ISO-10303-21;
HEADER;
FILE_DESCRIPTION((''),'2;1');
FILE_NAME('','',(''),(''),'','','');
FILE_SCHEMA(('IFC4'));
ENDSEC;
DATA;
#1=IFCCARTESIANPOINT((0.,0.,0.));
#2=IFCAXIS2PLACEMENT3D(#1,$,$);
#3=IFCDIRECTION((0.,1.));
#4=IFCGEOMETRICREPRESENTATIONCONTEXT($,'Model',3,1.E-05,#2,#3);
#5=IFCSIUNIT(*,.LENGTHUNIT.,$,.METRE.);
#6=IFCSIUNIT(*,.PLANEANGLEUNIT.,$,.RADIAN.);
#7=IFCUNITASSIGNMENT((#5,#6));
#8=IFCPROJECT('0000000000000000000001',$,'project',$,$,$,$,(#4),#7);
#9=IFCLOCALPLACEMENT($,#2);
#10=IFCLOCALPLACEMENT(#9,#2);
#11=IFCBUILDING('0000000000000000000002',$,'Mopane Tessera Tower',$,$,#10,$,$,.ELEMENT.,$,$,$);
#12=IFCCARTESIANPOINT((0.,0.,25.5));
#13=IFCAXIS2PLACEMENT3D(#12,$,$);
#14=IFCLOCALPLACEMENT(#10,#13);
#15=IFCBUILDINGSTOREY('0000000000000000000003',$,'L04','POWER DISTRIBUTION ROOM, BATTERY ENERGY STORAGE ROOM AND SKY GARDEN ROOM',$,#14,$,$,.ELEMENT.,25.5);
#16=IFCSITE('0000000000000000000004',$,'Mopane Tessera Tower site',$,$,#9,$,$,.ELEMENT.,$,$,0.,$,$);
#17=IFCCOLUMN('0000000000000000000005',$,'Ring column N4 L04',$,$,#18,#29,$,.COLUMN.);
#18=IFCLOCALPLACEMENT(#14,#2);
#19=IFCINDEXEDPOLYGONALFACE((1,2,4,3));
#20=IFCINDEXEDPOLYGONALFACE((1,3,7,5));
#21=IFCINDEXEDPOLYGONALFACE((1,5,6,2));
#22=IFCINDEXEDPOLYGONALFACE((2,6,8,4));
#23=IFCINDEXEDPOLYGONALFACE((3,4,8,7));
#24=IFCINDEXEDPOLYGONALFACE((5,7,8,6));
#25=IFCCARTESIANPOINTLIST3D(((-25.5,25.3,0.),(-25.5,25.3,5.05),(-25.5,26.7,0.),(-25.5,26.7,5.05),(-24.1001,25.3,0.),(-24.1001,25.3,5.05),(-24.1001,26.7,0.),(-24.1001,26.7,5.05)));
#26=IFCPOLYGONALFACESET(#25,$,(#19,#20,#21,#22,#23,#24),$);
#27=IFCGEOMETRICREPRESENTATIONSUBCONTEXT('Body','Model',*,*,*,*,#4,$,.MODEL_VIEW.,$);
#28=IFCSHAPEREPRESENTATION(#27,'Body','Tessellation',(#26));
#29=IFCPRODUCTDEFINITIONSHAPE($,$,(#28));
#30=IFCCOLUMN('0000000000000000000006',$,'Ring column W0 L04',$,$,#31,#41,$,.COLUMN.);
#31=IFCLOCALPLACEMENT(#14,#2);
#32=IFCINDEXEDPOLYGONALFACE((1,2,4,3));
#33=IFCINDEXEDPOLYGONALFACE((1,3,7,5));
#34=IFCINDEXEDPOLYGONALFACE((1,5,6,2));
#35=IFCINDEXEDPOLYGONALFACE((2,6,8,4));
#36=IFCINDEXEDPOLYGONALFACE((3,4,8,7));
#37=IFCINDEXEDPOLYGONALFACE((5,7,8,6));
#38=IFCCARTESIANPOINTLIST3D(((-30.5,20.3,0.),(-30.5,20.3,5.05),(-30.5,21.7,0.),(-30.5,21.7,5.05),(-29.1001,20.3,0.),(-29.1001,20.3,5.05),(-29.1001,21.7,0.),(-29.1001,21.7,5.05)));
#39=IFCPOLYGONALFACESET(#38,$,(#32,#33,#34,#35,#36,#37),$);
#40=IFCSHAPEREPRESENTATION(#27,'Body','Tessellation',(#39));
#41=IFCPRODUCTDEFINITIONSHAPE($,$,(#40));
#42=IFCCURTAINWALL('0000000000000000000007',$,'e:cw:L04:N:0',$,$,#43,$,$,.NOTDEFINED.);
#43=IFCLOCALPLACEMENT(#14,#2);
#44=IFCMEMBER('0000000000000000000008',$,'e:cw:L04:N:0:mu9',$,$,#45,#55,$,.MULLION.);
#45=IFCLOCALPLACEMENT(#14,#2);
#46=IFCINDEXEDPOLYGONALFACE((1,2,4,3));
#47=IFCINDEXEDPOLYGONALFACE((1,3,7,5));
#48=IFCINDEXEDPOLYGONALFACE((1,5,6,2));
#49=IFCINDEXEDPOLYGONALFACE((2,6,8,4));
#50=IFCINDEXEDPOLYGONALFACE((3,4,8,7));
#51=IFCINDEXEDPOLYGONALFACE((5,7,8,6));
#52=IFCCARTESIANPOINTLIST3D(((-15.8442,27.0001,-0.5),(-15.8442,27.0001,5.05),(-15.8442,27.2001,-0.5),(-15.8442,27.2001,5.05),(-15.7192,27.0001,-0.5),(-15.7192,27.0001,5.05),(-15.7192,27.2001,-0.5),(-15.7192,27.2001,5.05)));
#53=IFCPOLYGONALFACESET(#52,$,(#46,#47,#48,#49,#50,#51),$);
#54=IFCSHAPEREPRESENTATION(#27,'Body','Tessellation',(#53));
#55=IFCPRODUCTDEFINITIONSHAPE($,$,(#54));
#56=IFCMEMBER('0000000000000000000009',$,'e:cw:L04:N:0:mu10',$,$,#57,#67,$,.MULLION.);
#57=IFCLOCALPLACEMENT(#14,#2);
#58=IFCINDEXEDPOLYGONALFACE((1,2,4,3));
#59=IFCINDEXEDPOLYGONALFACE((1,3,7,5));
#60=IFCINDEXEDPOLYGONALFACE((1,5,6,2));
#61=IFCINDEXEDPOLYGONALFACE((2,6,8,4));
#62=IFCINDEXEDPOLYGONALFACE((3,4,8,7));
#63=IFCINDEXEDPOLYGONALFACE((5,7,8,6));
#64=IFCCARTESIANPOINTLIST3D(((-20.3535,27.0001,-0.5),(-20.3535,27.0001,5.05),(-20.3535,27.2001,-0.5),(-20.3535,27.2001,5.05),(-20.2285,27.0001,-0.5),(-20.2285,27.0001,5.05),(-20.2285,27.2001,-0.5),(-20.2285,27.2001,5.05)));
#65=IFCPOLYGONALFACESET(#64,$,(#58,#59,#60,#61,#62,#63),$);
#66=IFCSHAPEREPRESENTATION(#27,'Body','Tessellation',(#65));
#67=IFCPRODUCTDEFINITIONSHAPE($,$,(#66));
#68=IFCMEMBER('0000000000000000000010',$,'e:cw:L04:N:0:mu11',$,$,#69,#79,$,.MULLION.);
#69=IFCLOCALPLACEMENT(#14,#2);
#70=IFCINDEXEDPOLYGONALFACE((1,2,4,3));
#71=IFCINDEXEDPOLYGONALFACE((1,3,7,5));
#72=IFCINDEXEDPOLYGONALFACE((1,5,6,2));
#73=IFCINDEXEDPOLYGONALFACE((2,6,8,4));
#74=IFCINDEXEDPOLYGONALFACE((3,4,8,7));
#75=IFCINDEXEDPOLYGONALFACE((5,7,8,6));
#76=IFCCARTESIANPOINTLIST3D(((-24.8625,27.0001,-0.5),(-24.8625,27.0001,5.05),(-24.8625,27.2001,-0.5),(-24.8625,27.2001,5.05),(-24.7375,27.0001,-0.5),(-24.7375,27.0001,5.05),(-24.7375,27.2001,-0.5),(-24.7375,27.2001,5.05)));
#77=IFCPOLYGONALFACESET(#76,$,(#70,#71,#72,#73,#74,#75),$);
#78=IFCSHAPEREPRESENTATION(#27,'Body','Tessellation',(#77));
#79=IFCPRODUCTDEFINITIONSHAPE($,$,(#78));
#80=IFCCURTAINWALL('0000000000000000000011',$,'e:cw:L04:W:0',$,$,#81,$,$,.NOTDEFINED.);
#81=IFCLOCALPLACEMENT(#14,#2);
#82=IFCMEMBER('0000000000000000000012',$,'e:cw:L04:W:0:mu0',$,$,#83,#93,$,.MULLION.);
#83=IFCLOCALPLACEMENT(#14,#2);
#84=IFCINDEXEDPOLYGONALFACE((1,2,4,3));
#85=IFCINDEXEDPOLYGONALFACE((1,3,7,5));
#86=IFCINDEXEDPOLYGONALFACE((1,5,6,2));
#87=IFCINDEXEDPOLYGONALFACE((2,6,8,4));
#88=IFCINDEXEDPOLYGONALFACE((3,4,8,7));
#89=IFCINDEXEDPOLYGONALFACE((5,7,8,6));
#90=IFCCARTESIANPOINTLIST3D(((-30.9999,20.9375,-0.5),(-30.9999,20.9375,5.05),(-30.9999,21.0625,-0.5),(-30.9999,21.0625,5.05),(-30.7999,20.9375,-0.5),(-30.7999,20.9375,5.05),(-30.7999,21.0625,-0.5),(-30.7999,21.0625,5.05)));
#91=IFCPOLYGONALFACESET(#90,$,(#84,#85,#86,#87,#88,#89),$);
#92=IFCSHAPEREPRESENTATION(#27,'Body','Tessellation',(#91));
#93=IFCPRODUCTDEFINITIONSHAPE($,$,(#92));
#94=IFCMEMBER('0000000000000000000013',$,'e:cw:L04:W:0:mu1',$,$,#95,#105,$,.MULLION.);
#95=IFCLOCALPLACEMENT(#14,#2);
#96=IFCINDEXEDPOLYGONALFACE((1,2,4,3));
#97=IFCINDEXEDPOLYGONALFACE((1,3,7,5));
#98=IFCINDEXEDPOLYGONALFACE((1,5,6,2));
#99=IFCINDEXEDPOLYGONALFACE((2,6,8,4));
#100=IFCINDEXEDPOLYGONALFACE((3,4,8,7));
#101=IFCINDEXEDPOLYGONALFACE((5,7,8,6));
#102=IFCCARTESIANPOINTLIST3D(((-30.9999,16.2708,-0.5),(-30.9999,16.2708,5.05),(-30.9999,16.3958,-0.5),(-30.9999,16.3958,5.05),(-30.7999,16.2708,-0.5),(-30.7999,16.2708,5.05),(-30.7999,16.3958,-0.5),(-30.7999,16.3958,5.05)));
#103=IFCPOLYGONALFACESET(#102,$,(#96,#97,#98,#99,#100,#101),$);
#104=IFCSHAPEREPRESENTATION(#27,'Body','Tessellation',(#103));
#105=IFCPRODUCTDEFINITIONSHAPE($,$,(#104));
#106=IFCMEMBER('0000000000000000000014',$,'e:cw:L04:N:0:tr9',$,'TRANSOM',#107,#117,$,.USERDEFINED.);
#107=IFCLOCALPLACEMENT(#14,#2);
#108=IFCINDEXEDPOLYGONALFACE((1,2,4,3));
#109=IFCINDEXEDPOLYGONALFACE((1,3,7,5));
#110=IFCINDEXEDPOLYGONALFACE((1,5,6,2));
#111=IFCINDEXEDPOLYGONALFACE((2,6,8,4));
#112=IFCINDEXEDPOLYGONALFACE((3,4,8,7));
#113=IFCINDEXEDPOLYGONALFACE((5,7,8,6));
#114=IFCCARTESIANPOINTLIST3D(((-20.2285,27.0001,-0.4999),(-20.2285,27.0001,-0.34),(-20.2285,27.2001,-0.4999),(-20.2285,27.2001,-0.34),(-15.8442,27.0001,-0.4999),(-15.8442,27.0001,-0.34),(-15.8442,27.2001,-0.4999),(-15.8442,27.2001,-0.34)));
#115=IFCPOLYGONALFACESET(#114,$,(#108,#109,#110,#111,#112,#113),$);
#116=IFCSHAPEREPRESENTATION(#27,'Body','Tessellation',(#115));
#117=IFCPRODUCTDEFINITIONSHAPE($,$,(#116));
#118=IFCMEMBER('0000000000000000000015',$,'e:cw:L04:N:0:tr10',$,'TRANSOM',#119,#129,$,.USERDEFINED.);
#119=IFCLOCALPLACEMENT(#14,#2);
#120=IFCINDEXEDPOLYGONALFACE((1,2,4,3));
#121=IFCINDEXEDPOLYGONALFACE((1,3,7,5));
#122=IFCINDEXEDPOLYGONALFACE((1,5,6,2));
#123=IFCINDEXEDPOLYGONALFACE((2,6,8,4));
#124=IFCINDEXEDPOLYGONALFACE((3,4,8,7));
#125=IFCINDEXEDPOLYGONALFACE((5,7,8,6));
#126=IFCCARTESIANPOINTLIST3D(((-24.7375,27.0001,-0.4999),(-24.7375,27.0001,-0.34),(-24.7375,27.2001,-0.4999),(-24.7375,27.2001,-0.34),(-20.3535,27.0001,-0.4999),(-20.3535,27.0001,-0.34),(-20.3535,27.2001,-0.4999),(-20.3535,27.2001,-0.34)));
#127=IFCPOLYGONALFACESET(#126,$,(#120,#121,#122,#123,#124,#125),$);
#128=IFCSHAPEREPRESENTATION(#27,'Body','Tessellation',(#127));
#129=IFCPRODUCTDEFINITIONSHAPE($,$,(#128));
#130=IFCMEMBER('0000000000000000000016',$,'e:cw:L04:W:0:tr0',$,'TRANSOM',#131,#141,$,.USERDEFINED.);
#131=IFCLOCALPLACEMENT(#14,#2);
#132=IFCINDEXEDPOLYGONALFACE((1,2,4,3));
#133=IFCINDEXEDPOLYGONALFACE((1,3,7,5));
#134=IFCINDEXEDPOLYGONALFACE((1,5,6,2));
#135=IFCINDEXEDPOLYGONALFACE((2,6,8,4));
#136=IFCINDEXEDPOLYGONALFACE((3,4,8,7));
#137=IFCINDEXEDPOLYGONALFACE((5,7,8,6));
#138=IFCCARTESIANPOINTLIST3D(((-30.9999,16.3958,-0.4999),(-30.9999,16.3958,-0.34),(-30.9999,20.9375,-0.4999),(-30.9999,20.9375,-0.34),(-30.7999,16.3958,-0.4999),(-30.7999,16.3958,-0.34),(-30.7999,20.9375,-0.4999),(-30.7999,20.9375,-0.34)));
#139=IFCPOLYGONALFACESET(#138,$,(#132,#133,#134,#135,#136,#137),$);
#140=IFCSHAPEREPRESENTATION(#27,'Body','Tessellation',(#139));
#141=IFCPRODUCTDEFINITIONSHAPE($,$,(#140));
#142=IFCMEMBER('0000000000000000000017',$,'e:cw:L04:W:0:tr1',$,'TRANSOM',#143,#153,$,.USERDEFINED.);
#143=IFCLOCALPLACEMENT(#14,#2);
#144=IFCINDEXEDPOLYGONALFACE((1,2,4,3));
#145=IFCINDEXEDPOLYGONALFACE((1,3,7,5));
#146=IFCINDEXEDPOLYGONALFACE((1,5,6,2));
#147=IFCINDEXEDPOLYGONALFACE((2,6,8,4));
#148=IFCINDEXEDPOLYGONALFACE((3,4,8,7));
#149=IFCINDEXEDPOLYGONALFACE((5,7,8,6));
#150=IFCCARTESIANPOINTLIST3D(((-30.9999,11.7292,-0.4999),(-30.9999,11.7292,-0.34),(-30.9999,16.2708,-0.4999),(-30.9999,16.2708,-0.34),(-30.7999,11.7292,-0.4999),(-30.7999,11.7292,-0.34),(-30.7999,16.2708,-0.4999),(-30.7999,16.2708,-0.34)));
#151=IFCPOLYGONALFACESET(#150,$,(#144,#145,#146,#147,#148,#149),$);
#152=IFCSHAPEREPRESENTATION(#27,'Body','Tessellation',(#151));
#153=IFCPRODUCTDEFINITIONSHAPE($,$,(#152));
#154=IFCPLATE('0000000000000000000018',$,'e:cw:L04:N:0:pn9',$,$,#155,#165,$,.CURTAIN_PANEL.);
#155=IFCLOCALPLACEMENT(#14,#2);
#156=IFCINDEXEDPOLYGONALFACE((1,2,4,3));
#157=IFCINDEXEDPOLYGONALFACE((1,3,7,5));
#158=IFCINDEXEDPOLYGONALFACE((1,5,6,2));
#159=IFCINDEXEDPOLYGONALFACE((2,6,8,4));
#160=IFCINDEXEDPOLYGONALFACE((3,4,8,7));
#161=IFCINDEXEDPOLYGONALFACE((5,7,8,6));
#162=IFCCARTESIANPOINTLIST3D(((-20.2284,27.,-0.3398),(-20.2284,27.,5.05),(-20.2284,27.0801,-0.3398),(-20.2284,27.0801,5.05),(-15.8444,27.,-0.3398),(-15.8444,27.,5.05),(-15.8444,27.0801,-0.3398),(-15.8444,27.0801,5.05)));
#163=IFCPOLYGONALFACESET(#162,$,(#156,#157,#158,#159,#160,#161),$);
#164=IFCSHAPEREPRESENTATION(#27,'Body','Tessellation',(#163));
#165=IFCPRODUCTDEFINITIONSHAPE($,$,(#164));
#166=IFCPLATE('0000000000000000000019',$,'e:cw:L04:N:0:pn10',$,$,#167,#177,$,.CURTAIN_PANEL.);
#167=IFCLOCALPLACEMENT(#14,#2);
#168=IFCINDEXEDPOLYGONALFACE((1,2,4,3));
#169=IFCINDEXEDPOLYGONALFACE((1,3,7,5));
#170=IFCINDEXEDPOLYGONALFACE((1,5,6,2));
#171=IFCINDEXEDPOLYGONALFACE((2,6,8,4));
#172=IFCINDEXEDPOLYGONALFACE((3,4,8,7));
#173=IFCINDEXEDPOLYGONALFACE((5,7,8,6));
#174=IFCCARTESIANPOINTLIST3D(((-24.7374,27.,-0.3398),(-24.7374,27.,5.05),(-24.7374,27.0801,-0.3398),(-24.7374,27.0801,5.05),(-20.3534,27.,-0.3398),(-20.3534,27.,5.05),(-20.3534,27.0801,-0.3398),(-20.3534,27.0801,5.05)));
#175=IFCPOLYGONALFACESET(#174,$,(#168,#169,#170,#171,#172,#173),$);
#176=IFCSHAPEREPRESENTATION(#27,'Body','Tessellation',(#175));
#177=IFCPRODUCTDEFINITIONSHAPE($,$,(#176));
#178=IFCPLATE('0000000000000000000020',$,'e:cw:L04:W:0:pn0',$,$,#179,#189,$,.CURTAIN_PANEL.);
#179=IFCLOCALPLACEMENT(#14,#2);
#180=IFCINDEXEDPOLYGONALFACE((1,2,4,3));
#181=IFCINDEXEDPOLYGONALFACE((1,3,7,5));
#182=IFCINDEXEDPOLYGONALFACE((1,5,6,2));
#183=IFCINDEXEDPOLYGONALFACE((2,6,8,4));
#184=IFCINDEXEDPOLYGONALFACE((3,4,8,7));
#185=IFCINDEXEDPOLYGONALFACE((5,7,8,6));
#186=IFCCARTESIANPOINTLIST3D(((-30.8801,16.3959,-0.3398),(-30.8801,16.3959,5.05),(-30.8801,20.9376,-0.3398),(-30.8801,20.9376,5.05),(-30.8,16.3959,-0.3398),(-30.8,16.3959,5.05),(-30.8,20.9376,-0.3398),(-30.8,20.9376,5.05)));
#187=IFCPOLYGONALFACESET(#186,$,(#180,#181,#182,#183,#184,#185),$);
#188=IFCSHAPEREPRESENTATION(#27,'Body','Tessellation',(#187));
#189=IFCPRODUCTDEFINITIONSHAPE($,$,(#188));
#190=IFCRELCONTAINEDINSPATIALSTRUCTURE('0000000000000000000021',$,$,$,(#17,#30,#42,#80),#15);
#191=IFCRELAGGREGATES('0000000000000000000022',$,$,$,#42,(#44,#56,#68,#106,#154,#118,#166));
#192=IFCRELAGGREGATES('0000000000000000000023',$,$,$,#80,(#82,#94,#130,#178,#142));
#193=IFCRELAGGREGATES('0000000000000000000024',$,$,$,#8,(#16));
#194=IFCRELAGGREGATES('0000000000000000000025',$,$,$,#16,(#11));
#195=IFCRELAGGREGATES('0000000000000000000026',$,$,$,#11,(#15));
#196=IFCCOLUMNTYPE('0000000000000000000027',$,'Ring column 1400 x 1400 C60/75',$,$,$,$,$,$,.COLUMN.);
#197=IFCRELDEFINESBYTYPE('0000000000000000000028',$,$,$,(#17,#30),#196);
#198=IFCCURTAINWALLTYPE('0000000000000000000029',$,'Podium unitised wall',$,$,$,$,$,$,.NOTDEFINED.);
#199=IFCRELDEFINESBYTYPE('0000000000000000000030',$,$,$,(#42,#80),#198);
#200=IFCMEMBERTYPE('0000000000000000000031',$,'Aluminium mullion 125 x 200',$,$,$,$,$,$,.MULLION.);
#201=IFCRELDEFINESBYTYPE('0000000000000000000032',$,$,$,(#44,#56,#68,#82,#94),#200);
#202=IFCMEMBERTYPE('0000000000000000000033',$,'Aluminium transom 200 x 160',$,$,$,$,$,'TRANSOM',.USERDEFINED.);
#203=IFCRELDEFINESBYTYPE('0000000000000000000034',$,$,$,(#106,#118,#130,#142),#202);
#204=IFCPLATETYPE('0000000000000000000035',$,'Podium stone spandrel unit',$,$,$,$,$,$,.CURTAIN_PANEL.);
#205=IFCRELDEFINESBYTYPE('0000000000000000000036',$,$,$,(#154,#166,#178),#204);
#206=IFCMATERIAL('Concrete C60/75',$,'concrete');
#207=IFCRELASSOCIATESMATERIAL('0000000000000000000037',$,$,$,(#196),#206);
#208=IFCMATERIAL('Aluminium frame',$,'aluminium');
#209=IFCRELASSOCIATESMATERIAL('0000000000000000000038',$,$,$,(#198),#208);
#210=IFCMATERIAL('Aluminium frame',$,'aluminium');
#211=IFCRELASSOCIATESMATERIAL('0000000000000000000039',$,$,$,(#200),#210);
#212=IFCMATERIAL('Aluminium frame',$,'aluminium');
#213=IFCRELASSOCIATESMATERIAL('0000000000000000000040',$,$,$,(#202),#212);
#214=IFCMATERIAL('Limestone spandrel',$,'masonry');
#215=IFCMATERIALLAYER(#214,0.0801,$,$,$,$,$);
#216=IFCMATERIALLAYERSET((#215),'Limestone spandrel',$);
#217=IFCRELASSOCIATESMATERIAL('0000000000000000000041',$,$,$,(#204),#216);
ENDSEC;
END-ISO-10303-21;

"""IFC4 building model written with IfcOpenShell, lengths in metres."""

from ifc_helpers import new_model, si_unit, direction, frame, origin, origin_2d, place, context, subcontext, project, spatial, rectangle, extrude, material, layer, layer_set, material_profile, profile_set, type_object, element, aggregate, save


model = new_model("IFC4")

# Units and contexts
model_context = context("Model", 3, precision=1e-05, world=origin(), true_north=direction((0.0, 1.0)))
body_context = subcontext(model_context, "Body", "Model", "MODEL_VIEW")
ifc_project = project(units=[si_unit("LENGTHUNIT", "METRE"), si_unit("PLANEANGLEUNIT", "RADIAN")], contexts=[model_context])

# Site, building, storey
site_placement = place(None, origin())
site = spatial("IfcSite", under=ifc_project, at=site_placement, Name="Mopane Tessera Tower site", CompositionType="ELEMENT", RefElevation=0.0)
building_placement = place(site_placement, origin())
building = spatial("IfcBuilding", under=site, at=building_placement, Name="Mopane Tessera Tower", CompositionType="ELEMENT")
storey_placement = place(building_placement, frame((0.0, 0.0, 25.5)))
storey = spatial("IfcBuildingStorey", under=building, at=storey_placement, Name="L04", Description="POWER DISTRIBUTION ROOM, BATTERY ENERGY STORAGE ROOM AND SKY GARDEN ROOM", CompositionType="ELEMENT", Elevation=25.5)

# Columns
ifc_material_1 = material(Name="Concrete C60/75", Category="concrete")
ifc_material_profile_1 = material_profile(ifc_material_1, rectangle(XDim=1.3999, YDim=1.3999, at=origin_2d()))
ifc_profile_set_1 = profile_set([ifc_material_profile_1], Name="Concrete C60/75")
column_type = type_object("IfcColumnType", Name="Ring column 1400 x 1400 C60/75", PredefinedType="COLUMN", material=ifc_profile_set_1)
for number, where, z_axis, x_axis, name in (
    (1, (-24.8, 26.0, 0.0), (0.0, 0.0, 1.0), (1.0, 0.0, 0.0), "Ring column N4 L04"),
    (2, (-29.8, 21.0, 0.0), (0.0, 0.0, 1.0), (1.0, 0.0, 0.0), "Ring column W0 L04"),
):
    element("IfcColumn", number, at=place(storey_placement, frame(where, z_axis=z_axis, x_axis=x_axis)), inside=storey, type_object=column_type, Name=name, PredefinedType="COLUMN", context=body_context, shape_type="SweptSolid", body=[
        extrude(rectangle(XDim=1.3999, YDim=1.3999, at=origin_2d()), origin(), (0.0, 0.0, 1.0), 5.05),
    ])

# Curtain walls, members
ifc_material_2 = material(Name="Aluminium frame", Category="aluminium")
curtain_wall_type = type_object("IfcCurtainWallType", Name="Podium unitised wall", PredefinedType="NOTDEFINED", material=ifc_material_2)
curtain_wall_1_placement = place(storey_placement, origin())
curtain_wall_1 = element("IfcCurtainWall", 3, at=curtain_wall_1_placement, inside=storey, type_object=curtain_wall_type, Name="e:cw:L04:N:0", PredefinedType="NOTDEFINED")
ifc_material_3 = material(Name="Aluminium frame", Category="aluminium")
ifc_material_profile_2 = material_profile(ifc_material_3, rectangle(XDim=0.125, YDim=0.2, at=origin_2d()))
ifc_profile_set_2 = profile_set([ifc_material_profile_2], Name="Aluminium frame")
member_type_1 = type_object("IfcMemberType", Name="Aluminium mullion 125 x 200", PredefinedType="MULLION", material=ifc_profile_set_2)
member_1_placement = place(storey_placement, frame((-15.7817, 27.1001, -0.5), z_axis=(0.0, 0.0, 1.0), x_axis=(-1.0, 0.0, 0.0)))
member_1 = element("IfcMember", 4, at=member_1_placement, type_object=member_type_1, Name="e:cw:L04:N:0:mu9", PredefinedType="MULLION", context=body_context, shape_type="SweptSolid", body=[
    extrude(rectangle(XDim=0.125, YDim=0.2, at=origin_2d()), origin(), (0.0, 0.0, 1.0), 5.55),
])
member_2_placement = place(storey_placement, frame((-20.291, 27.1001, -0.5), z_axis=(0.0, 0.0, 1.0), x_axis=(-1.0, 0.0, 0.0)))
member_2 = element("IfcMember", 5, at=member_2_placement, type_object=member_type_1, Name="e:cw:L04:N:0:mu10", PredefinedType="MULLION", context=body_context, shape_type="SweptSolid", body=[
    extrude(rectangle(XDim=0.125, YDim=0.2, at=origin_2d()), origin(), (0.0, 0.0, 1.0), 5.55),
])
member_3_placement = place(storey_placement, frame((-24.8, 27.1001, -0.5), z_axis=(0.0, 0.0, 1.0), x_axis=(-1.0, 0.0, 0.0)))
member_3 = element("IfcMember", 6, at=member_3_placement, type_object=member_type_1, Name="e:cw:L04:N:0:mu11", PredefinedType="MULLION", context=body_context, shape_type="SweptSolid", body=[
    extrude(rectangle(XDim=0.125, YDim=0.2, at=origin_2d()), origin(), (0.0, 0.0, 1.0), 5.55),
])
curtain_wall_2_placement = place(storey_placement, origin())
curtain_wall_2 = element("IfcCurtainWall", 7, at=curtain_wall_2_placement, inside=storey, type_object=curtain_wall_type, Name="e:cw:L04:W:0", PredefinedType="NOTDEFINED")
member_4_placement = place(storey_placement, frame((-30.8999, 21.0, -0.5), z_axis=(0.0, 0.0, 1.0), x_axis=(0.0, -1.0, 0.0)))
member_4 = element("IfcMember", 8, at=member_4_placement, type_object=member_type_1, Name="e:cw:L04:W:0:mu0", PredefinedType="MULLION", context=body_context, shape_type="SweptSolid", body=[
    extrude(rectangle(XDim=0.125, YDim=0.2, at=origin_2d()), origin(), (0.0, 0.0, 1.0), 5.55),
])
member_5_placement = place(storey_placement, frame((-30.8999, 16.3333, -0.5), z_axis=(0.0, 0.0, 1.0), x_axis=(0.0, -1.0, 0.0)))
member_5 = element("IfcMember", 9, at=member_5_placement, type_object=member_type_1, Name="e:cw:L04:W:0:mu1", PredefinedType="MULLION", context=body_context, shape_type="SweptSolid", body=[
    extrude(rectangle(XDim=0.125, YDim=0.2, at=origin_2d()), origin(), (0.0, 0.0, 1.0), 5.55),
])

# Members
ifc_material_4 = material(Name="Aluminium frame", Category="aluminium")
ifc_material_profile_3 = material_profile(ifc_material_4, rectangle(XDim=0.2, YDim=0.1599, at=origin_2d()))
ifc_profile_set_3 = profile_set([ifc_material_profile_3], Name="Aluminium frame")
member_type_2 = type_object("IfcMemberType", Name="Aluminium transom 200 x 160", ElementType="TRANSOM", PredefinedType="USERDEFINED", material=ifc_profile_set_3)
member_6_placement = place(storey_placement, frame((-15.8442, 27.1001, -0.4199), z_axis=(-1.0, 0.0, 0.0), x_axis=(0.0, -1.0, 0.0)))
member_6 = element("IfcMember", 10, at=member_6_placement, type_object=member_type_2, Name="e:cw:L04:N:0:tr9", ObjectType="TRANSOM", PredefinedType="USERDEFINED", context=body_context, shape_type="SweptSolid", body=[
    extrude(rectangle(XDim=0.2, YDim=0.1599, at=origin_2d()), origin(), (0.0, 0.0, 1.0), 4.3843),
])
member_7_placement = place(storey_placement, frame((-20.3535, 27.1001, -0.4199), z_axis=(-1.0, 0.0, 0.0), x_axis=(0.0, -1.0, 0.0)))
member_7 = element("IfcMember", 11, at=member_7_placement, type_object=member_type_2, Name="e:cw:L04:N:0:tr10", ObjectType="TRANSOM", PredefinedType="USERDEFINED", context=body_context, shape_type="SweptSolid", body=[
    extrude(rectangle(XDim=0.2, YDim=0.1599, at=origin_2d()), origin(), (0.0, 0.0, 1.0), 4.384),
])
member_8_placement = place(storey_placement, frame((-30.8999, 20.9375, -0.4199), z_axis=(0.0, -1.0, 0.0), x_axis=(1.0, 0.0, 0.0)))
member_8 = element("IfcMember", 12, at=member_8_placement, type_object=member_type_2, Name="e:cw:L04:W:0:tr0", ObjectType="TRANSOM", PredefinedType="USERDEFINED", context=body_context, shape_type="SweptSolid", body=[
    extrude(rectangle(XDim=0.2, YDim=0.1599, at=origin_2d()), origin(), (0.0, 0.0, 1.0), 4.5417),
])
member_9_placement = place(storey_placement, frame((-30.8999, 16.2708, -0.4199), z_axis=(0.0, -1.0, 0.0), x_axis=(1.0, 0.0, 0.0)))
member_9 = element("IfcMember", 13, at=member_9_placement, type_object=member_type_2, Name="e:cw:L04:W:0:tr1", ObjectType="TRANSOM", PredefinedType="USERDEFINED", context=body_context, shape_type="SweptSolid", body=[
    extrude(rectangle(XDim=0.2, YDim=0.1599, at=origin_2d()), origin(), (0.0, 0.0, 1.0), 4.5415),
])

# Plates
ifc_material_5 = material(Name="Limestone spandrel", Category="masonry")
ifc_layer_1 = layer(ifc_material_5, 0.0801)
ifc_layer_set_1 = layer_set([ifc_layer_1], Name="Limestone spandrel")
plate_type = type_object("IfcPlateType", Name="Podium stone spandrel unit", PredefinedType="CURTAIN_PANEL", material=ifc_layer_set_1)
plate_1_placement = place(storey_placement, frame((-18.0364, 27.04, -0.3398), z_axis=(0.0, 0.0, 1.0), x_axis=(-1.0, 0.0, 0.0)))
plate_1 = element("IfcPlate", 14, at=plate_1_placement, type_object=plate_type, Name="e:cw:L04:N:0:pn9", PredefinedType="CURTAIN_PANEL", context=body_context, shape_type="SweptSolid", body=[
    extrude(rectangle(XDim=4.384, YDim=0.0801, at=origin_2d()), origin(), (0.0, 0.0, 1.0), 5.3899),
])
plate_2_placement = place(storey_placement, frame((-22.5454, 27.04, -0.3398), z_axis=(0.0, 0.0, 1.0), x_axis=(-1.0, 0.0, 0.0)))
plate_2 = element("IfcPlate", 15, at=plate_2_placement, type_object=plate_type, Name="e:cw:L04:N:0:pn10", PredefinedType="CURTAIN_PANEL", context=body_context, shape_type="SweptSolid", body=[
    extrude(rectangle(XDim=4.384, YDim=0.0801, at=origin_2d()), origin(), (0.0, 0.0, 1.0), 5.3899),
])
aggregate(curtain_wall_1, [member_1, member_2, member_3, member_6, plate_1, member_7, plate_2])
plate_3_placement = place(storey_placement, frame((-30.8401, 18.6667, -0.3398), z_axis=(0.0, 0.0, 1.0), x_axis=(0.0, -1.0, 0.0)))
plate_3 = element("IfcPlate", 16, at=plate_3_placement, type_object=plate_type, Name="e:cw:L04:W:0:pn0", PredefinedType="CURTAIN_PANEL", context=body_context, shape_type="SweptSolid", body=[
    extrude(rectangle(XDim=4.5417, YDim=0.0801, at=origin_2d()), origin(), (0.0, 0.0, 1.0), 5.3899),
])
aggregate(curtain_wall_2, [member_4, member_5, member_8, plate_3, member_9])

save(model, "model.ifc")
